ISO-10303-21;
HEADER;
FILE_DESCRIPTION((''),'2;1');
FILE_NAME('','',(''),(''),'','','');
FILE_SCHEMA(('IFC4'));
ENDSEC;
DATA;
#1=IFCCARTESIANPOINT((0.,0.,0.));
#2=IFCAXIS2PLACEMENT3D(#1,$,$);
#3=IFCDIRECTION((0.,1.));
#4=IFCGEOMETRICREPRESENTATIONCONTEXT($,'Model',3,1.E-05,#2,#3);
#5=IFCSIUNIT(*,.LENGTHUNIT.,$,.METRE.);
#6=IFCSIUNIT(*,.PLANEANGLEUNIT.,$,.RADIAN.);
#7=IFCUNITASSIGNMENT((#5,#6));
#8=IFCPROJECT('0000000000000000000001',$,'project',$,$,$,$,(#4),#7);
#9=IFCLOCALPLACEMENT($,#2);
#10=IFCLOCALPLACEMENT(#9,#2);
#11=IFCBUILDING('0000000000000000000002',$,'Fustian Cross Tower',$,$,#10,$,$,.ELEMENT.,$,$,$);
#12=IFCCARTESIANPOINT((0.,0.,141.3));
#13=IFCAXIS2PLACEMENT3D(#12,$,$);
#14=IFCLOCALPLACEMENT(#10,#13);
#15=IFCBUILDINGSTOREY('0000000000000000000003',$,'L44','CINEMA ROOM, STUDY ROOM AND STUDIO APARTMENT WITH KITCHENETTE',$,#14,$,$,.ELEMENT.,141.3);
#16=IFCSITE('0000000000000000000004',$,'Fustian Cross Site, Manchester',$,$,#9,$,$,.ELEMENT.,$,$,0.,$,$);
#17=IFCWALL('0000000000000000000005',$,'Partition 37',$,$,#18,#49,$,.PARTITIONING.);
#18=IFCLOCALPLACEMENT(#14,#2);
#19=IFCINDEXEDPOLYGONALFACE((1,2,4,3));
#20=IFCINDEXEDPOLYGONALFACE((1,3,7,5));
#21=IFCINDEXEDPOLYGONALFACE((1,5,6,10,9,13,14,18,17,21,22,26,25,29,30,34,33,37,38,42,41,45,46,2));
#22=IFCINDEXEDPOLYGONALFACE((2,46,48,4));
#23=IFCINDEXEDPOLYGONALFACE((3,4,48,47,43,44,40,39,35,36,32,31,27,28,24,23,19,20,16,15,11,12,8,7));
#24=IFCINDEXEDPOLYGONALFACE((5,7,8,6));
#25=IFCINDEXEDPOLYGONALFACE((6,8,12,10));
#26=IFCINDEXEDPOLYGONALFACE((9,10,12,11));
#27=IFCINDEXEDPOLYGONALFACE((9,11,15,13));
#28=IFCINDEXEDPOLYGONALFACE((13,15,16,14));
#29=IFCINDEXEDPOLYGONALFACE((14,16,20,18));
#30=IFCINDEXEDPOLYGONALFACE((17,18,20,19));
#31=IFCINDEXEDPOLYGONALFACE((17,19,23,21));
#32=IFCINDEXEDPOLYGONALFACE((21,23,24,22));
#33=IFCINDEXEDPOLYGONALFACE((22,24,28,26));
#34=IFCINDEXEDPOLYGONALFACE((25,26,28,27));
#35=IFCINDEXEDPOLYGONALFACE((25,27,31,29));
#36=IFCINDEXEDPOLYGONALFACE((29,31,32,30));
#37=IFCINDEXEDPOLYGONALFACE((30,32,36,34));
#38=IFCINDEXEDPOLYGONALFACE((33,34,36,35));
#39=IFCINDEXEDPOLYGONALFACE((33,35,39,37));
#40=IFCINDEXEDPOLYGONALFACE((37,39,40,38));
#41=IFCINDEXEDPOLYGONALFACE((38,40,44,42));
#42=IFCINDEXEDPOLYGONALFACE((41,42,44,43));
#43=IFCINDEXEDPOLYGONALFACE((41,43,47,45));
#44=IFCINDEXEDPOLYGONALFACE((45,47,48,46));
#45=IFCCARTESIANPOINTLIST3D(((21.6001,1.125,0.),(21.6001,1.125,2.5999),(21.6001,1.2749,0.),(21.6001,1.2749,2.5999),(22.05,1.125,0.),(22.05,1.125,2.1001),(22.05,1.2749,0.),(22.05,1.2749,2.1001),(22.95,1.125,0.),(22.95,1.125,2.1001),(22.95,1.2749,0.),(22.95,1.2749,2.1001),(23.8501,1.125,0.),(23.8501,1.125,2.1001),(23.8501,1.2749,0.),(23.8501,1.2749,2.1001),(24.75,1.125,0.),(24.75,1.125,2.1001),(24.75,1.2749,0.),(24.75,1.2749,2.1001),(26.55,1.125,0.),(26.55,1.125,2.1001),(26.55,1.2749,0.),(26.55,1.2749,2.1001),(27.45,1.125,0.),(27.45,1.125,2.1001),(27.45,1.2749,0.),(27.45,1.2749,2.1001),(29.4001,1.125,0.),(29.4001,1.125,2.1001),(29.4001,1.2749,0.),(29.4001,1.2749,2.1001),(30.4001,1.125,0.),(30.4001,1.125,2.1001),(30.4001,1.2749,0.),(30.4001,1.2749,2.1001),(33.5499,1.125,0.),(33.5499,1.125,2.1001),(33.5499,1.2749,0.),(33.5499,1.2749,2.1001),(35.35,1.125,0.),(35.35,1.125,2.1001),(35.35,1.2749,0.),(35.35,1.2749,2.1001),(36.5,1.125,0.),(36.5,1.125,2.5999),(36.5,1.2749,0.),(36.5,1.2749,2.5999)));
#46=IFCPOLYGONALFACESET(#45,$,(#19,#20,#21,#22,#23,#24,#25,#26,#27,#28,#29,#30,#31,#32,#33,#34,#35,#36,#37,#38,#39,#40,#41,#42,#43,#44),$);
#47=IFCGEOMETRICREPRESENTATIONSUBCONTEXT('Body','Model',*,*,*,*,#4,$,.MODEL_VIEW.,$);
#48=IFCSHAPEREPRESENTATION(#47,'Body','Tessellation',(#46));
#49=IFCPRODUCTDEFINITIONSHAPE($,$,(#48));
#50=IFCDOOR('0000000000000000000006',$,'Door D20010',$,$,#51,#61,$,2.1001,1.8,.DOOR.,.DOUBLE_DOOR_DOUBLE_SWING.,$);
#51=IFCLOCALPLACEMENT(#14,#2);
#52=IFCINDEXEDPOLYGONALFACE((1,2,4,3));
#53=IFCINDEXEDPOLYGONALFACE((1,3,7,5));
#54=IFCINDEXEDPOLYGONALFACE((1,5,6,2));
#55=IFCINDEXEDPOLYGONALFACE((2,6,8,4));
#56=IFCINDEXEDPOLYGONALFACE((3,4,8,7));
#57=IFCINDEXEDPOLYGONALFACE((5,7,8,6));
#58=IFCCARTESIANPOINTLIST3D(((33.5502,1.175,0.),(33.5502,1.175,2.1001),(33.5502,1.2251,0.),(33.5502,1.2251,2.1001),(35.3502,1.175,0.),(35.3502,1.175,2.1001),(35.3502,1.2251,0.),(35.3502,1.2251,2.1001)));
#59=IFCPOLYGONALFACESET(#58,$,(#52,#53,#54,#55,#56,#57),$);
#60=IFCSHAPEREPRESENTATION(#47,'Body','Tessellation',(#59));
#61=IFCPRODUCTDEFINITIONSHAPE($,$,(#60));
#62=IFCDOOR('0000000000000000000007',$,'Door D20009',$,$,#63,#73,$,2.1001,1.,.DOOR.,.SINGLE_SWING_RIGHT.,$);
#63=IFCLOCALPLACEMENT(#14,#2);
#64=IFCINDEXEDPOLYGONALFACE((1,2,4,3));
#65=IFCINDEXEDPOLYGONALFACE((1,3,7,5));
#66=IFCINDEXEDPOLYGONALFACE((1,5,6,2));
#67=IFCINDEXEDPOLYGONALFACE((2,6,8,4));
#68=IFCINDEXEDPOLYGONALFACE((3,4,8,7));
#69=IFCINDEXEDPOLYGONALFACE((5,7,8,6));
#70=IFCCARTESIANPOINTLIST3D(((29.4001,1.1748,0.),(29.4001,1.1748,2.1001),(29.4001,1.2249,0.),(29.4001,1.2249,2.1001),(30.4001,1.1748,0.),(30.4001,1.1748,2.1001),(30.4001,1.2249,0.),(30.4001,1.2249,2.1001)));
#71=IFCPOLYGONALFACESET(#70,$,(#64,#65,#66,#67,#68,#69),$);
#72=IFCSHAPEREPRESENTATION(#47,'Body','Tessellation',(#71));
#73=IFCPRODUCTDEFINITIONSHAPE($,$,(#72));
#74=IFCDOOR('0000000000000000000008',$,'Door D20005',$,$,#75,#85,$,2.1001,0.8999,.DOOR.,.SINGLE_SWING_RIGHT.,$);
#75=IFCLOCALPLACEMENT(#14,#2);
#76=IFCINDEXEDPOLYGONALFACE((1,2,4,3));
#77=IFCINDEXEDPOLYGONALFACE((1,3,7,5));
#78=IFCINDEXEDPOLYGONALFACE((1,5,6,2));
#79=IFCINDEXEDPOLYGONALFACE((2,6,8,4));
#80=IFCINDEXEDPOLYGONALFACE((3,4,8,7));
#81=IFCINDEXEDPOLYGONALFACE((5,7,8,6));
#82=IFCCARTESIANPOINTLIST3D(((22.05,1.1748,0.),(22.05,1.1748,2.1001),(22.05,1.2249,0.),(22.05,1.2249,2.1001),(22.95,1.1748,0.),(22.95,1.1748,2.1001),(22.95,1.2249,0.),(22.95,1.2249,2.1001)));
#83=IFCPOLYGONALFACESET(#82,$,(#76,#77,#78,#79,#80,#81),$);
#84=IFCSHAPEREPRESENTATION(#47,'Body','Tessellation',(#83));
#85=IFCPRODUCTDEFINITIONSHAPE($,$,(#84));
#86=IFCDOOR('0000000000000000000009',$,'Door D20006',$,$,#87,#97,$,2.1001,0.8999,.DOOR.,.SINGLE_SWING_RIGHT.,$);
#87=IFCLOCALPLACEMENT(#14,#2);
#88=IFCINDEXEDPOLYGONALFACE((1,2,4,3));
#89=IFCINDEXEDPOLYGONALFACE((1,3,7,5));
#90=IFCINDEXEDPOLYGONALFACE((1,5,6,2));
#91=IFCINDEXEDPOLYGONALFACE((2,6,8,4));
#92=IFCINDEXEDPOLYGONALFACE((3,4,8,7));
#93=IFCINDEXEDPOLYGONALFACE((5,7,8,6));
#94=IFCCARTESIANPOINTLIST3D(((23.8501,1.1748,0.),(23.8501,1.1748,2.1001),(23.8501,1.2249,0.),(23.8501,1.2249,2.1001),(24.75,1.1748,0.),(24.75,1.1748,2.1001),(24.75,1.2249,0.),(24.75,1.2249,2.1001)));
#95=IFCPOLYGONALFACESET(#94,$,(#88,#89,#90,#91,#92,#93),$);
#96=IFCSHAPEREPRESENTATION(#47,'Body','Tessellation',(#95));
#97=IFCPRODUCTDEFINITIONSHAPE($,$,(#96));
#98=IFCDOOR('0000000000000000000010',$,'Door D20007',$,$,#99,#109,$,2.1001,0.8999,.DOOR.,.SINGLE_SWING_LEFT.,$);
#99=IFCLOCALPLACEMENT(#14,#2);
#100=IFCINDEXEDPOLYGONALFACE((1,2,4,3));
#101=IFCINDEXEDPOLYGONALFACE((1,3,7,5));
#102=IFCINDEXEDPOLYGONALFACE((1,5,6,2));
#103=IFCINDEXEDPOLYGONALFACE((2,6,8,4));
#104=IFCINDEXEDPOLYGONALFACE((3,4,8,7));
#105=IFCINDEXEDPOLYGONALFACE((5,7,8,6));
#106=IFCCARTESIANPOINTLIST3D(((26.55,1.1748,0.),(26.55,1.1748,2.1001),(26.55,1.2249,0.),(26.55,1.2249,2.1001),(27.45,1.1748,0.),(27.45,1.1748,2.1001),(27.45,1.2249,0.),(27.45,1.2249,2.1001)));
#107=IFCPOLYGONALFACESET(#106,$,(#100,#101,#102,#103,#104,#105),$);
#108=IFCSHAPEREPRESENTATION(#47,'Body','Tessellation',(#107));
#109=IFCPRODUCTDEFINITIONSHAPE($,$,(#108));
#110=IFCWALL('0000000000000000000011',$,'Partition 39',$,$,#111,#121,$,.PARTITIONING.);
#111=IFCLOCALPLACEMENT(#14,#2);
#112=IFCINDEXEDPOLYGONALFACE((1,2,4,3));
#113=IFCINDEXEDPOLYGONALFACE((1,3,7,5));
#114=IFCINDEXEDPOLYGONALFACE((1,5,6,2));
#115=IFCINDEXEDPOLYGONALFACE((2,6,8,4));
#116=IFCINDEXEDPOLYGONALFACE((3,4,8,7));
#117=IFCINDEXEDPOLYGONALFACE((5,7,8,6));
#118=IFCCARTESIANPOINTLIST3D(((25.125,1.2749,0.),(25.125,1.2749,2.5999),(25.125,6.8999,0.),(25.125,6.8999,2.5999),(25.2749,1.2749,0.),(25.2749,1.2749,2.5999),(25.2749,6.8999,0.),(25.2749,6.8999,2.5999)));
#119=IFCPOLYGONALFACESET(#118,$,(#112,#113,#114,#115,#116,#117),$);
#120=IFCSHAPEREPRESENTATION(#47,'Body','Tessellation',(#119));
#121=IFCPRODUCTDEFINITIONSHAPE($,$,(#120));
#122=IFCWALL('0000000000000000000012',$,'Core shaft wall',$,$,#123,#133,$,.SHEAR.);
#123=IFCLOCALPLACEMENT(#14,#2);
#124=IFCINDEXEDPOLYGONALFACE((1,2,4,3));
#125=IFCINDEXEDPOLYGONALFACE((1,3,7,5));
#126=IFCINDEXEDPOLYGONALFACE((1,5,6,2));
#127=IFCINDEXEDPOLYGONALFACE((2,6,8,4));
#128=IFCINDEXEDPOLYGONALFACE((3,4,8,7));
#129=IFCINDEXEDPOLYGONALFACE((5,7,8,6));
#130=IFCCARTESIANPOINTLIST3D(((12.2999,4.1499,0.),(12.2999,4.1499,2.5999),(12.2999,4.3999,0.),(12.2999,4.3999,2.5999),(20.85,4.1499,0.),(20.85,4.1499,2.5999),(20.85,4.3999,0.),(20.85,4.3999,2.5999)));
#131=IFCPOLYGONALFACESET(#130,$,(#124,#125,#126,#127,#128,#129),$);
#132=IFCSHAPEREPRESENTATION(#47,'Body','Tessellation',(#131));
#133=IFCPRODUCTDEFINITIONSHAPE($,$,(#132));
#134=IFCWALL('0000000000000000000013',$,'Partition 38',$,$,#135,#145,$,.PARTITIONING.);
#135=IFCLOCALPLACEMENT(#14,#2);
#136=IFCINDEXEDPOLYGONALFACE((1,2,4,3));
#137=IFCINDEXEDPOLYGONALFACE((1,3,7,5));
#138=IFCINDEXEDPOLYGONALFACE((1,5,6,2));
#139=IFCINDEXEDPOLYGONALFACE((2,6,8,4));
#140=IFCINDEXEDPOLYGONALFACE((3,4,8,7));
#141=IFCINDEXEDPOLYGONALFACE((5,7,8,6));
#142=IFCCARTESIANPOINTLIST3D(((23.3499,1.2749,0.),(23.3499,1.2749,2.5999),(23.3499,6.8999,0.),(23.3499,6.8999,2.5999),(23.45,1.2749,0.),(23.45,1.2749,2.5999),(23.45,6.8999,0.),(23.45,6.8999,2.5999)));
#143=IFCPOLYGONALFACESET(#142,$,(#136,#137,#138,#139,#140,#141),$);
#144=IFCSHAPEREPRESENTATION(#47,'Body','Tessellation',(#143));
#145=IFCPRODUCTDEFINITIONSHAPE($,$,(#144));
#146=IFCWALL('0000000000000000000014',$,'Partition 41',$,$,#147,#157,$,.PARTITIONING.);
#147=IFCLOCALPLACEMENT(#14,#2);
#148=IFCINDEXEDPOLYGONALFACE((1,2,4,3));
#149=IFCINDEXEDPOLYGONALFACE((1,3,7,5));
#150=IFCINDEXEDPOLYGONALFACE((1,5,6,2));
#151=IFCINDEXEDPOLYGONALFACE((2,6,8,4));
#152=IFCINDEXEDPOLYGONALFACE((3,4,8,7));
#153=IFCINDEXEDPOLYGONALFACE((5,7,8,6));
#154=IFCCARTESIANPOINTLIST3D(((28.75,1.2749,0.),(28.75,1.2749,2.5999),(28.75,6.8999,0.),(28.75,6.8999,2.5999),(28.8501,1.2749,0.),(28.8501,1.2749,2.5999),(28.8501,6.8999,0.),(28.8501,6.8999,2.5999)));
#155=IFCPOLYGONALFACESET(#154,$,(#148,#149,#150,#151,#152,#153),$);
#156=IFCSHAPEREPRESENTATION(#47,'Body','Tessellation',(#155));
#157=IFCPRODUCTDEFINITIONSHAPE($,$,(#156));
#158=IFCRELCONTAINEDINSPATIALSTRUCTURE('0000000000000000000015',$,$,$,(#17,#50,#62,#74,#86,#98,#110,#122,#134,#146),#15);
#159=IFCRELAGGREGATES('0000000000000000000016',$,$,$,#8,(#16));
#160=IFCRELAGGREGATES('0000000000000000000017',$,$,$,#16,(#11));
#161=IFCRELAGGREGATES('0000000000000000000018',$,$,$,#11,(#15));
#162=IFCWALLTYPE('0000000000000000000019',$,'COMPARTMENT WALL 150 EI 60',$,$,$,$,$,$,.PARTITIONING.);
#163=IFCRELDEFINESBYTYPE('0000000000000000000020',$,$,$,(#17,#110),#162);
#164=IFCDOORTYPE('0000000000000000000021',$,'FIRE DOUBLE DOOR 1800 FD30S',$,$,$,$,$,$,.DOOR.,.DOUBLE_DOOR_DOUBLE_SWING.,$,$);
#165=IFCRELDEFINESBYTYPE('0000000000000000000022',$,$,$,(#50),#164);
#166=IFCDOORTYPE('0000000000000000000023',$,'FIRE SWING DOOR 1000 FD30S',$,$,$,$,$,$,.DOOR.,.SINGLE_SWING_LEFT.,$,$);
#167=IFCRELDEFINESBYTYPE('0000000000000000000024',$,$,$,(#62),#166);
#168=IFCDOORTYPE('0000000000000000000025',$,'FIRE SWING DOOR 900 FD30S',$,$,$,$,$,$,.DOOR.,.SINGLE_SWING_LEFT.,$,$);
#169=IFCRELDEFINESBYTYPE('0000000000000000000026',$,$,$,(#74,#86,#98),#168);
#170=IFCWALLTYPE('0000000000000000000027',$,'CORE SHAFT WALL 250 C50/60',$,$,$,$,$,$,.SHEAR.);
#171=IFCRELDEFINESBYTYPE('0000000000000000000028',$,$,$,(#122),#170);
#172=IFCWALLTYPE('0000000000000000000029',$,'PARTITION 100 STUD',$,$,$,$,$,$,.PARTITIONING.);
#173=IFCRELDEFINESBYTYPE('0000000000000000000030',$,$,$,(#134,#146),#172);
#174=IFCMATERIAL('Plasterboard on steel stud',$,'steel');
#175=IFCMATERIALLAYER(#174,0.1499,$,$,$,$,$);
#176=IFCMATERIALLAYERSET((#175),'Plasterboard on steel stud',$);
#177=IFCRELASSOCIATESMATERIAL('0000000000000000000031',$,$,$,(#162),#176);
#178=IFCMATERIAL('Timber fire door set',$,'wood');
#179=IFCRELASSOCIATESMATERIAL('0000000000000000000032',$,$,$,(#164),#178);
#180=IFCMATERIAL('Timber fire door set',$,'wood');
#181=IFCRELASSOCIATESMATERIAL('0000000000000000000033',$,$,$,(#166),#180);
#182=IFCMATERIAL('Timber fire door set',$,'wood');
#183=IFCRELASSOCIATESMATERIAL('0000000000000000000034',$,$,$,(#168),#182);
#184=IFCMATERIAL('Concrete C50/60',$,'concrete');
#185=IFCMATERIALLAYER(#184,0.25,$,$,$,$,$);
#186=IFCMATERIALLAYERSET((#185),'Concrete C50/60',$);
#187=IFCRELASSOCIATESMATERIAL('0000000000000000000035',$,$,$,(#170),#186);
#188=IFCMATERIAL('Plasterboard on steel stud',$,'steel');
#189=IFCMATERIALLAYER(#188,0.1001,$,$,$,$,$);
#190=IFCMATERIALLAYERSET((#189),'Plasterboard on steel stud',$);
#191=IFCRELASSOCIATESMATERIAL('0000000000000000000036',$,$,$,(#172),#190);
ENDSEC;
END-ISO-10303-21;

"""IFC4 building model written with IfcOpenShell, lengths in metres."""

from ifc_helpers import new_model, si_unit, direction, frame, frame_2d, origin, place, context, subcontext, project, spatial, rectangle, extrude, material, layer, layer_set, type_object, element, fill, save


model = new_model("IFC4")

# Units and contexts
model_context = context("Model", 3, precision=1e-05, world=origin(), true_north=direction((0.0, 1.0)))
body_context = subcontext(model_context, "Body", "Model", "MODEL_VIEW")
ifc_project = project(units=[si_unit("LENGTHUNIT", "METRE"), si_unit("PLANEANGLEUNIT", "RADIAN")], contexts=[model_context])

# Site, building, storey
site_placement = place(None, origin())
site = spatial("IfcSite", under=ifc_project, at=site_placement, Name="Fustian Cross Site, Manchester", CompositionType="ELEMENT", RefElevation=0.0)
building_placement = place(site_placement, origin())
building = spatial("IfcBuilding", under=site, at=building_placement, Name="Fustian Cross Tower", CompositionType="ELEMENT")
storey_placement = place(building_placement, frame((0.0, 0.0, 141.3)))
storey = spatial("IfcBuildingStorey", under=building, at=storey_placement, Name="L44", Description="CINEMA ROOM, STUDY ROOM AND STUDIO APARTMENT WITH KITCHENETTE", CompositionType="ELEMENT", Elevation=141.3)

# Wall, openings, doors
ifc_material_1 = material(Name="Plasterboard on steel stud", Category="steel")
ifc_layer_1 = layer(ifc_material_1, 0.1499)
ifc_layer_set_1 = layer_set([ifc_layer_1], Name="Plasterboard on steel stud")
wall_type_1 = type_object("IfcWallType", Name="COMPARTMENT WALL 150 EI 60", PredefinedType="PARTITIONING", material=ifc_layer_set_1)
wall_1_placement = place(storey_placement, frame((21.6001, 1.2, 0.0), z_axis=(0.0, 0.0, 1.0), x_axis=(1.0, 0.0, 0.0)))
wall_1 = element("IfcWall", 1, at=wall_1_placement, inside=storey, type_object=wall_type_1, Name="Partition 37", PredefinedType="PARTITIONING", context=body_context, shape_type="SweptSolid", body=[
    extrude(rectangle(XDim=14.8999, YDim=0.1499, at=frame_2d((7.45, 0.0))), origin(), (0.0, 0.0, 1.0), 2.5999),
])
opening_1_placement = place(wall_1_placement, frame((0.45, 0.0, 0.0)))
opening_1 = element("IfcOpeningElement", 2, at=opening_1_placement, cuts=wall_1, PredefinedType="OPENING", context=body_context, shape_type="SweptSolid", body=[
    extrude(rectangle(XDim=0.8999, YDim=2.1001, at=frame_2d((0.45, 1.05))), frame((0.0, 0.085, 0.0), z_axis=(0.0, -1.0, 0.0), x_axis=(1.0, 0.0, 0.0)), (0.0, 0.0, 1.0), 0.1699),
])
opening_2_placement = place(wall_1_placement, frame((2.25, 0.0, 0.0)))
opening_2 = element("IfcOpeningElement", 3, at=opening_2_placement, cuts=wall_1, PredefinedType="OPENING", context=body_context, shape_type="SweptSolid", body=[
    extrude(rectangle(XDim=0.8999, YDim=2.1001, at=frame_2d((0.45, 1.05))), frame((0.0, 0.085, 0.0), z_axis=(0.0, -1.0, 0.0), x_axis=(1.0, 0.0, 0.0)), (0.0, 0.0, 1.0), 0.1699),
])
opening_3_placement = place(wall_1_placement, frame((4.95, 0.0, 0.0)))
opening_3 = element("IfcOpeningElement", 4, at=opening_3_placement, cuts=wall_1, PredefinedType="OPENING", context=body_context, shape_type="SweptSolid", body=[
    extrude(rectangle(XDim=0.8999, YDim=2.1001, at=frame_2d((0.45, 1.05))), frame((0.0, 0.085, 0.0), z_axis=(0.0, -1.0, 0.0), x_axis=(1.0, 0.0, 0.0)), (0.0, 0.0, 1.0), 0.1699),
])
opening_4_placement = place(wall_1_placement, frame((7.8, 0.0, 0.0)))
opening_4 = element("IfcOpeningElement", 5, at=opening_4_placement, cuts=wall_1, PredefinedType="OPENING", context=body_context, shape_type="SweptSolid", body=[
    extrude(rectangle(XDim=1.0, YDim=2.1001, at=frame_2d((0.5, 1.05))), frame((0.0, 0.085, 0.0), z_axis=(0.0, -1.0, 0.0), x_axis=(1.0, 0.0, 0.0)), (0.0, 0.0, 1.0), 0.1699),
])
opening_5_placement = place(wall_1_placement, frame((11.95, 0.0, 0.0)))
opening_5 = element("IfcOpeningElement", 6, at=opening_5_placement, cuts=wall_1, PredefinedType="OPENING", context=body_context, shape_type="SweptSolid", body=[
    extrude(rectangle(XDim=1.8, YDim=2.1001, at=frame_2d((0.8999, 1.05))), frame((0.0, 0.085, 0.0), z_axis=(0.0, -1.0, 0.0), x_axis=(1.0, 0.0, 0.0)), (0.0, 0.0, 1.0), 0.1699),
])
ifc_material_2 = material(Name="Timber fire door set", Category="wood")
door_type_1 = type_object("IfcDoorType", Name="FIRE DOUBLE DOOR 1800 FD30S", OperationType="DOUBLE_DOOR_DOUBLE_SWING", PredefinedType="DOOR", material=ifc_material_2)
door_1_placement = place(opening_5_placement, frame((1.8, 0.0, 0.0), z_axis=(0.0, 0.0, 1.0), x_axis=(-1.0, 0.0, 0.0)))
door_1 = element("IfcDoor", 7, at=door_1_placement, inside=storey, type_object=door_type_1, Name="Door D20010", OperationType="DOUBLE_DOOR_DOUBLE_SWING", OverallHeight=2.1001, OverallWidth=1.8, PredefinedType="DOOR", context=body_context, shape_type="SweptSolid", body=[
    extrude(rectangle(XDim=1.8, YDim=2.1001, at=frame_2d((0.8999, 1.05))), frame((0.0, 0.0249, 0.0), z_axis=(0.0, -1.0, 0.0), x_axis=(1.0, 0.0, 0.0)), (0.0, 0.0, 1.0), 0.05),
])
fill(opening_5, door_1)
ifc_material_3 = material(Name="Timber fire door set", Category="wood")
door_type_2 = type_object("IfcDoorType", Name="FIRE SWING DOOR 1000 FD30S", OperationType="SINGLE_SWING_LEFT", PredefinedType="DOOR", material=ifc_material_3)
door_2_placement = place(opening_4_placement, origin())
door_2 = element("IfcDoor", 8, at=door_2_placement, inside=storey, type_object=door_type_2, Name="Door D20009", OperationType="SINGLE_SWING_RIGHT", OverallHeight=2.1001, OverallWidth=1.0, PredefinedType="DOOR", context=body_context, shape_type="SweptSolid", body=[
    extrude(rectangle(XDim=1.0, YDim=2.1001, at=frame_2d((0.5, 1.05))), frame((0.0, 0.0249, 0.0), z_axis=(0.0, -1.0, 0.0), x_axis=(1.0, 0.0, 0.0)), (0.0, 0.0, 1.0), 0.05),
])
fill(opening_4, door_2)
ifc_material_4 = material(Name="Timber fire door set", Category="wood")
door_type_3 = type_object("IfcDoorType", Name="FIRE SWING DOOR 900 FD30S", OperationType="SINGLE_SWING_LEFT", PredefinedType="DOOR", material=ifc_material_4)
door_3_placement = place(opening_1_placement, origin())
door_3 = element("IfcDoor", 9, at=door_3_placement, inside=storey, type_object=door_type_3, Name="Door D20005", OperationType="SINGLE_SWING_RIGHT", OverallHeight=2.1001, OverallWidth=0.8999, PredefinedType="DOOR", context=body_context, shape_type="SweptSolid", body=[
    extrude(rectangle(XDim=0.8999, YDim=2.1001, at=frame_2d((0.45, 1.05))), frame((0.0, 0.0249, 0.0), z_axis=(0.0, -1.0, 0.0), x_axis=(1.0, 0.0, 0.0)), (0.0, 0.0, 1.0), 0.05),
])
fill(opening_1, door_3)
door_4_placement = place(opening_2_placement, origin())
door_4 = element("IfcDoor", 10, at=door_4_placement, inside=storey, type_object=door_type_3, Name="Door D20006", OperationType="SINGLE_SWING_RIGHT", OverallHeight=2.1001, OverallWidth=0.8999, PredefinedType="DOOR", context=body_context, shape_type="SweptSolid", body=[
    extrude(rectangle(XDim=0.8999, YDim=2.1001, at=frame_2d((0.45, 1.05))), frame((0.0, 0.0249, 0.0), z_axis=(0.0, -1.0, 0.0), x_axis=(1.0, 0.0, 0.0)), (0.0, 0.0, 1.0), 0.05),
])
fill(opening_2, door_4)
door_5_placement = place(opening_3_placement, origin())
door_5 = element("IfcDoor", 11, at=door_5_placement, inside=storey, type_object=door_type_3, Name="Door D20007", OperationType="SINGLE_SWING_LEFT", OverallHeight=2.1001, OverallWidth=0.8999, PredefinedType="DOOR", context=body_context, shape_type="SweptSolid", body=[
    extrude(rectangle(XDim=0.8999, YDim=2.1001, at=frame_2d((0.45, 1.05))), frame((0.0, 0.0249, 0.0), z_axis=(0.0, -1.0, 0.0), x_axis=(1.0, 0.0, 0.0)), (0.0, 0.0, 1.0), 0.05),
])
fill(opening_3, door_5)

# Walls
wall_2_placement = place(storey_placement, frame((25.2, 1.2749, 0.0), z_axis=(0.0, 0.0, 1.0), x_axis=(0.0, 1.0, 0.0)))
element("IfcWall", 12, at=wall_2_placement, inside=storey, type_object=wall_type_1, Name="Partition 39", PredefinedType="PARTITIONING", context=body_context, shape_type="SweptSolid", body=[
    extrude(rectangle(XDim=5.625, YDim=0.1499, at=frame_2d((2.8125, 0.0))), origin(), (0.0, 0.0, 1.0), 2.5999),
])
ifc_material_5 = material(Name="Concrete C50/60", Category="concrete")
ifc_layer_2 = layer(ifc_material_5, 0.25)
ifc_layer_set_2 = layer_set([ifc_layer_2], Name="Concrete C50/60")
wall_type_2 = type_object("IfcWallType", Name="CORE SHAFT WALL 250 C50/60", PredefinedType="SHEAR", material=ifc_layer_set_2)
wall_3_placement = place(storey_placement, frame((12.3, 4.2749, 0.0), z_axis=(0.0, 0.0, 1.0), x_axis=(1.0, 0.0, 0.0)))
element("IfcWall", 13, at=wall_3_placement, inside=storey, type_object=wall_type_2, Name="Core shaft wall", PredefinedType="SHEAR", context=body_context, shape_type="SweptSolid", body=[
    extrude(rectangle(XDim=8.55, YDim=0.25, at=frame_2d((4.2749, 0.0))), origin(), (0.0, 0.0, 1.0), 2.5999),
])
ifc_material_6 = material(Name="Plasterboard on steel stud", Category="steel")
ifc_layer_3 = layer(ifc_material_6, 0.1001)
ifc_layer_set_3 = layer_set([ifc_layer_3], Name="Plasterboard on steel stud")
wall_type_3 = type_object("IfcWallType", Name="PARTITION 100 STUD", PredefinedType="PARTITIONING", material=ifc_layer_set_3)
for number, where, z_axis, x_axis, name in (
    (14, (23.3999, 1.2749, 0.0), (0.0, 0.0, 1.0), (0.0, 1.0, 0.0), "Partition 38"),
    (15, (28.8, 1.2749, 0.0), (0.0, 0.0, 1.0), (0.0, 1.0, 0.0), "Partition 41"),
):
    element("IfcWall", number, at=place(storey_placement, frame(where, z_axis=z_axis, x_axis=x_axis)), inside=storey, type_object=wall_type_3, Name=name, PredefinedType="PARTITIONING", context=body_context, shape_type="SweptSolid", body=[
        extrude(rectangle(XDim=5.625, YDim=0.1001, at=frame_2d((2.8125, 0.0))), origin(), (0.0, 0.0, 1.0), 2.5999),
    ])

save(model, "model.ifc")
